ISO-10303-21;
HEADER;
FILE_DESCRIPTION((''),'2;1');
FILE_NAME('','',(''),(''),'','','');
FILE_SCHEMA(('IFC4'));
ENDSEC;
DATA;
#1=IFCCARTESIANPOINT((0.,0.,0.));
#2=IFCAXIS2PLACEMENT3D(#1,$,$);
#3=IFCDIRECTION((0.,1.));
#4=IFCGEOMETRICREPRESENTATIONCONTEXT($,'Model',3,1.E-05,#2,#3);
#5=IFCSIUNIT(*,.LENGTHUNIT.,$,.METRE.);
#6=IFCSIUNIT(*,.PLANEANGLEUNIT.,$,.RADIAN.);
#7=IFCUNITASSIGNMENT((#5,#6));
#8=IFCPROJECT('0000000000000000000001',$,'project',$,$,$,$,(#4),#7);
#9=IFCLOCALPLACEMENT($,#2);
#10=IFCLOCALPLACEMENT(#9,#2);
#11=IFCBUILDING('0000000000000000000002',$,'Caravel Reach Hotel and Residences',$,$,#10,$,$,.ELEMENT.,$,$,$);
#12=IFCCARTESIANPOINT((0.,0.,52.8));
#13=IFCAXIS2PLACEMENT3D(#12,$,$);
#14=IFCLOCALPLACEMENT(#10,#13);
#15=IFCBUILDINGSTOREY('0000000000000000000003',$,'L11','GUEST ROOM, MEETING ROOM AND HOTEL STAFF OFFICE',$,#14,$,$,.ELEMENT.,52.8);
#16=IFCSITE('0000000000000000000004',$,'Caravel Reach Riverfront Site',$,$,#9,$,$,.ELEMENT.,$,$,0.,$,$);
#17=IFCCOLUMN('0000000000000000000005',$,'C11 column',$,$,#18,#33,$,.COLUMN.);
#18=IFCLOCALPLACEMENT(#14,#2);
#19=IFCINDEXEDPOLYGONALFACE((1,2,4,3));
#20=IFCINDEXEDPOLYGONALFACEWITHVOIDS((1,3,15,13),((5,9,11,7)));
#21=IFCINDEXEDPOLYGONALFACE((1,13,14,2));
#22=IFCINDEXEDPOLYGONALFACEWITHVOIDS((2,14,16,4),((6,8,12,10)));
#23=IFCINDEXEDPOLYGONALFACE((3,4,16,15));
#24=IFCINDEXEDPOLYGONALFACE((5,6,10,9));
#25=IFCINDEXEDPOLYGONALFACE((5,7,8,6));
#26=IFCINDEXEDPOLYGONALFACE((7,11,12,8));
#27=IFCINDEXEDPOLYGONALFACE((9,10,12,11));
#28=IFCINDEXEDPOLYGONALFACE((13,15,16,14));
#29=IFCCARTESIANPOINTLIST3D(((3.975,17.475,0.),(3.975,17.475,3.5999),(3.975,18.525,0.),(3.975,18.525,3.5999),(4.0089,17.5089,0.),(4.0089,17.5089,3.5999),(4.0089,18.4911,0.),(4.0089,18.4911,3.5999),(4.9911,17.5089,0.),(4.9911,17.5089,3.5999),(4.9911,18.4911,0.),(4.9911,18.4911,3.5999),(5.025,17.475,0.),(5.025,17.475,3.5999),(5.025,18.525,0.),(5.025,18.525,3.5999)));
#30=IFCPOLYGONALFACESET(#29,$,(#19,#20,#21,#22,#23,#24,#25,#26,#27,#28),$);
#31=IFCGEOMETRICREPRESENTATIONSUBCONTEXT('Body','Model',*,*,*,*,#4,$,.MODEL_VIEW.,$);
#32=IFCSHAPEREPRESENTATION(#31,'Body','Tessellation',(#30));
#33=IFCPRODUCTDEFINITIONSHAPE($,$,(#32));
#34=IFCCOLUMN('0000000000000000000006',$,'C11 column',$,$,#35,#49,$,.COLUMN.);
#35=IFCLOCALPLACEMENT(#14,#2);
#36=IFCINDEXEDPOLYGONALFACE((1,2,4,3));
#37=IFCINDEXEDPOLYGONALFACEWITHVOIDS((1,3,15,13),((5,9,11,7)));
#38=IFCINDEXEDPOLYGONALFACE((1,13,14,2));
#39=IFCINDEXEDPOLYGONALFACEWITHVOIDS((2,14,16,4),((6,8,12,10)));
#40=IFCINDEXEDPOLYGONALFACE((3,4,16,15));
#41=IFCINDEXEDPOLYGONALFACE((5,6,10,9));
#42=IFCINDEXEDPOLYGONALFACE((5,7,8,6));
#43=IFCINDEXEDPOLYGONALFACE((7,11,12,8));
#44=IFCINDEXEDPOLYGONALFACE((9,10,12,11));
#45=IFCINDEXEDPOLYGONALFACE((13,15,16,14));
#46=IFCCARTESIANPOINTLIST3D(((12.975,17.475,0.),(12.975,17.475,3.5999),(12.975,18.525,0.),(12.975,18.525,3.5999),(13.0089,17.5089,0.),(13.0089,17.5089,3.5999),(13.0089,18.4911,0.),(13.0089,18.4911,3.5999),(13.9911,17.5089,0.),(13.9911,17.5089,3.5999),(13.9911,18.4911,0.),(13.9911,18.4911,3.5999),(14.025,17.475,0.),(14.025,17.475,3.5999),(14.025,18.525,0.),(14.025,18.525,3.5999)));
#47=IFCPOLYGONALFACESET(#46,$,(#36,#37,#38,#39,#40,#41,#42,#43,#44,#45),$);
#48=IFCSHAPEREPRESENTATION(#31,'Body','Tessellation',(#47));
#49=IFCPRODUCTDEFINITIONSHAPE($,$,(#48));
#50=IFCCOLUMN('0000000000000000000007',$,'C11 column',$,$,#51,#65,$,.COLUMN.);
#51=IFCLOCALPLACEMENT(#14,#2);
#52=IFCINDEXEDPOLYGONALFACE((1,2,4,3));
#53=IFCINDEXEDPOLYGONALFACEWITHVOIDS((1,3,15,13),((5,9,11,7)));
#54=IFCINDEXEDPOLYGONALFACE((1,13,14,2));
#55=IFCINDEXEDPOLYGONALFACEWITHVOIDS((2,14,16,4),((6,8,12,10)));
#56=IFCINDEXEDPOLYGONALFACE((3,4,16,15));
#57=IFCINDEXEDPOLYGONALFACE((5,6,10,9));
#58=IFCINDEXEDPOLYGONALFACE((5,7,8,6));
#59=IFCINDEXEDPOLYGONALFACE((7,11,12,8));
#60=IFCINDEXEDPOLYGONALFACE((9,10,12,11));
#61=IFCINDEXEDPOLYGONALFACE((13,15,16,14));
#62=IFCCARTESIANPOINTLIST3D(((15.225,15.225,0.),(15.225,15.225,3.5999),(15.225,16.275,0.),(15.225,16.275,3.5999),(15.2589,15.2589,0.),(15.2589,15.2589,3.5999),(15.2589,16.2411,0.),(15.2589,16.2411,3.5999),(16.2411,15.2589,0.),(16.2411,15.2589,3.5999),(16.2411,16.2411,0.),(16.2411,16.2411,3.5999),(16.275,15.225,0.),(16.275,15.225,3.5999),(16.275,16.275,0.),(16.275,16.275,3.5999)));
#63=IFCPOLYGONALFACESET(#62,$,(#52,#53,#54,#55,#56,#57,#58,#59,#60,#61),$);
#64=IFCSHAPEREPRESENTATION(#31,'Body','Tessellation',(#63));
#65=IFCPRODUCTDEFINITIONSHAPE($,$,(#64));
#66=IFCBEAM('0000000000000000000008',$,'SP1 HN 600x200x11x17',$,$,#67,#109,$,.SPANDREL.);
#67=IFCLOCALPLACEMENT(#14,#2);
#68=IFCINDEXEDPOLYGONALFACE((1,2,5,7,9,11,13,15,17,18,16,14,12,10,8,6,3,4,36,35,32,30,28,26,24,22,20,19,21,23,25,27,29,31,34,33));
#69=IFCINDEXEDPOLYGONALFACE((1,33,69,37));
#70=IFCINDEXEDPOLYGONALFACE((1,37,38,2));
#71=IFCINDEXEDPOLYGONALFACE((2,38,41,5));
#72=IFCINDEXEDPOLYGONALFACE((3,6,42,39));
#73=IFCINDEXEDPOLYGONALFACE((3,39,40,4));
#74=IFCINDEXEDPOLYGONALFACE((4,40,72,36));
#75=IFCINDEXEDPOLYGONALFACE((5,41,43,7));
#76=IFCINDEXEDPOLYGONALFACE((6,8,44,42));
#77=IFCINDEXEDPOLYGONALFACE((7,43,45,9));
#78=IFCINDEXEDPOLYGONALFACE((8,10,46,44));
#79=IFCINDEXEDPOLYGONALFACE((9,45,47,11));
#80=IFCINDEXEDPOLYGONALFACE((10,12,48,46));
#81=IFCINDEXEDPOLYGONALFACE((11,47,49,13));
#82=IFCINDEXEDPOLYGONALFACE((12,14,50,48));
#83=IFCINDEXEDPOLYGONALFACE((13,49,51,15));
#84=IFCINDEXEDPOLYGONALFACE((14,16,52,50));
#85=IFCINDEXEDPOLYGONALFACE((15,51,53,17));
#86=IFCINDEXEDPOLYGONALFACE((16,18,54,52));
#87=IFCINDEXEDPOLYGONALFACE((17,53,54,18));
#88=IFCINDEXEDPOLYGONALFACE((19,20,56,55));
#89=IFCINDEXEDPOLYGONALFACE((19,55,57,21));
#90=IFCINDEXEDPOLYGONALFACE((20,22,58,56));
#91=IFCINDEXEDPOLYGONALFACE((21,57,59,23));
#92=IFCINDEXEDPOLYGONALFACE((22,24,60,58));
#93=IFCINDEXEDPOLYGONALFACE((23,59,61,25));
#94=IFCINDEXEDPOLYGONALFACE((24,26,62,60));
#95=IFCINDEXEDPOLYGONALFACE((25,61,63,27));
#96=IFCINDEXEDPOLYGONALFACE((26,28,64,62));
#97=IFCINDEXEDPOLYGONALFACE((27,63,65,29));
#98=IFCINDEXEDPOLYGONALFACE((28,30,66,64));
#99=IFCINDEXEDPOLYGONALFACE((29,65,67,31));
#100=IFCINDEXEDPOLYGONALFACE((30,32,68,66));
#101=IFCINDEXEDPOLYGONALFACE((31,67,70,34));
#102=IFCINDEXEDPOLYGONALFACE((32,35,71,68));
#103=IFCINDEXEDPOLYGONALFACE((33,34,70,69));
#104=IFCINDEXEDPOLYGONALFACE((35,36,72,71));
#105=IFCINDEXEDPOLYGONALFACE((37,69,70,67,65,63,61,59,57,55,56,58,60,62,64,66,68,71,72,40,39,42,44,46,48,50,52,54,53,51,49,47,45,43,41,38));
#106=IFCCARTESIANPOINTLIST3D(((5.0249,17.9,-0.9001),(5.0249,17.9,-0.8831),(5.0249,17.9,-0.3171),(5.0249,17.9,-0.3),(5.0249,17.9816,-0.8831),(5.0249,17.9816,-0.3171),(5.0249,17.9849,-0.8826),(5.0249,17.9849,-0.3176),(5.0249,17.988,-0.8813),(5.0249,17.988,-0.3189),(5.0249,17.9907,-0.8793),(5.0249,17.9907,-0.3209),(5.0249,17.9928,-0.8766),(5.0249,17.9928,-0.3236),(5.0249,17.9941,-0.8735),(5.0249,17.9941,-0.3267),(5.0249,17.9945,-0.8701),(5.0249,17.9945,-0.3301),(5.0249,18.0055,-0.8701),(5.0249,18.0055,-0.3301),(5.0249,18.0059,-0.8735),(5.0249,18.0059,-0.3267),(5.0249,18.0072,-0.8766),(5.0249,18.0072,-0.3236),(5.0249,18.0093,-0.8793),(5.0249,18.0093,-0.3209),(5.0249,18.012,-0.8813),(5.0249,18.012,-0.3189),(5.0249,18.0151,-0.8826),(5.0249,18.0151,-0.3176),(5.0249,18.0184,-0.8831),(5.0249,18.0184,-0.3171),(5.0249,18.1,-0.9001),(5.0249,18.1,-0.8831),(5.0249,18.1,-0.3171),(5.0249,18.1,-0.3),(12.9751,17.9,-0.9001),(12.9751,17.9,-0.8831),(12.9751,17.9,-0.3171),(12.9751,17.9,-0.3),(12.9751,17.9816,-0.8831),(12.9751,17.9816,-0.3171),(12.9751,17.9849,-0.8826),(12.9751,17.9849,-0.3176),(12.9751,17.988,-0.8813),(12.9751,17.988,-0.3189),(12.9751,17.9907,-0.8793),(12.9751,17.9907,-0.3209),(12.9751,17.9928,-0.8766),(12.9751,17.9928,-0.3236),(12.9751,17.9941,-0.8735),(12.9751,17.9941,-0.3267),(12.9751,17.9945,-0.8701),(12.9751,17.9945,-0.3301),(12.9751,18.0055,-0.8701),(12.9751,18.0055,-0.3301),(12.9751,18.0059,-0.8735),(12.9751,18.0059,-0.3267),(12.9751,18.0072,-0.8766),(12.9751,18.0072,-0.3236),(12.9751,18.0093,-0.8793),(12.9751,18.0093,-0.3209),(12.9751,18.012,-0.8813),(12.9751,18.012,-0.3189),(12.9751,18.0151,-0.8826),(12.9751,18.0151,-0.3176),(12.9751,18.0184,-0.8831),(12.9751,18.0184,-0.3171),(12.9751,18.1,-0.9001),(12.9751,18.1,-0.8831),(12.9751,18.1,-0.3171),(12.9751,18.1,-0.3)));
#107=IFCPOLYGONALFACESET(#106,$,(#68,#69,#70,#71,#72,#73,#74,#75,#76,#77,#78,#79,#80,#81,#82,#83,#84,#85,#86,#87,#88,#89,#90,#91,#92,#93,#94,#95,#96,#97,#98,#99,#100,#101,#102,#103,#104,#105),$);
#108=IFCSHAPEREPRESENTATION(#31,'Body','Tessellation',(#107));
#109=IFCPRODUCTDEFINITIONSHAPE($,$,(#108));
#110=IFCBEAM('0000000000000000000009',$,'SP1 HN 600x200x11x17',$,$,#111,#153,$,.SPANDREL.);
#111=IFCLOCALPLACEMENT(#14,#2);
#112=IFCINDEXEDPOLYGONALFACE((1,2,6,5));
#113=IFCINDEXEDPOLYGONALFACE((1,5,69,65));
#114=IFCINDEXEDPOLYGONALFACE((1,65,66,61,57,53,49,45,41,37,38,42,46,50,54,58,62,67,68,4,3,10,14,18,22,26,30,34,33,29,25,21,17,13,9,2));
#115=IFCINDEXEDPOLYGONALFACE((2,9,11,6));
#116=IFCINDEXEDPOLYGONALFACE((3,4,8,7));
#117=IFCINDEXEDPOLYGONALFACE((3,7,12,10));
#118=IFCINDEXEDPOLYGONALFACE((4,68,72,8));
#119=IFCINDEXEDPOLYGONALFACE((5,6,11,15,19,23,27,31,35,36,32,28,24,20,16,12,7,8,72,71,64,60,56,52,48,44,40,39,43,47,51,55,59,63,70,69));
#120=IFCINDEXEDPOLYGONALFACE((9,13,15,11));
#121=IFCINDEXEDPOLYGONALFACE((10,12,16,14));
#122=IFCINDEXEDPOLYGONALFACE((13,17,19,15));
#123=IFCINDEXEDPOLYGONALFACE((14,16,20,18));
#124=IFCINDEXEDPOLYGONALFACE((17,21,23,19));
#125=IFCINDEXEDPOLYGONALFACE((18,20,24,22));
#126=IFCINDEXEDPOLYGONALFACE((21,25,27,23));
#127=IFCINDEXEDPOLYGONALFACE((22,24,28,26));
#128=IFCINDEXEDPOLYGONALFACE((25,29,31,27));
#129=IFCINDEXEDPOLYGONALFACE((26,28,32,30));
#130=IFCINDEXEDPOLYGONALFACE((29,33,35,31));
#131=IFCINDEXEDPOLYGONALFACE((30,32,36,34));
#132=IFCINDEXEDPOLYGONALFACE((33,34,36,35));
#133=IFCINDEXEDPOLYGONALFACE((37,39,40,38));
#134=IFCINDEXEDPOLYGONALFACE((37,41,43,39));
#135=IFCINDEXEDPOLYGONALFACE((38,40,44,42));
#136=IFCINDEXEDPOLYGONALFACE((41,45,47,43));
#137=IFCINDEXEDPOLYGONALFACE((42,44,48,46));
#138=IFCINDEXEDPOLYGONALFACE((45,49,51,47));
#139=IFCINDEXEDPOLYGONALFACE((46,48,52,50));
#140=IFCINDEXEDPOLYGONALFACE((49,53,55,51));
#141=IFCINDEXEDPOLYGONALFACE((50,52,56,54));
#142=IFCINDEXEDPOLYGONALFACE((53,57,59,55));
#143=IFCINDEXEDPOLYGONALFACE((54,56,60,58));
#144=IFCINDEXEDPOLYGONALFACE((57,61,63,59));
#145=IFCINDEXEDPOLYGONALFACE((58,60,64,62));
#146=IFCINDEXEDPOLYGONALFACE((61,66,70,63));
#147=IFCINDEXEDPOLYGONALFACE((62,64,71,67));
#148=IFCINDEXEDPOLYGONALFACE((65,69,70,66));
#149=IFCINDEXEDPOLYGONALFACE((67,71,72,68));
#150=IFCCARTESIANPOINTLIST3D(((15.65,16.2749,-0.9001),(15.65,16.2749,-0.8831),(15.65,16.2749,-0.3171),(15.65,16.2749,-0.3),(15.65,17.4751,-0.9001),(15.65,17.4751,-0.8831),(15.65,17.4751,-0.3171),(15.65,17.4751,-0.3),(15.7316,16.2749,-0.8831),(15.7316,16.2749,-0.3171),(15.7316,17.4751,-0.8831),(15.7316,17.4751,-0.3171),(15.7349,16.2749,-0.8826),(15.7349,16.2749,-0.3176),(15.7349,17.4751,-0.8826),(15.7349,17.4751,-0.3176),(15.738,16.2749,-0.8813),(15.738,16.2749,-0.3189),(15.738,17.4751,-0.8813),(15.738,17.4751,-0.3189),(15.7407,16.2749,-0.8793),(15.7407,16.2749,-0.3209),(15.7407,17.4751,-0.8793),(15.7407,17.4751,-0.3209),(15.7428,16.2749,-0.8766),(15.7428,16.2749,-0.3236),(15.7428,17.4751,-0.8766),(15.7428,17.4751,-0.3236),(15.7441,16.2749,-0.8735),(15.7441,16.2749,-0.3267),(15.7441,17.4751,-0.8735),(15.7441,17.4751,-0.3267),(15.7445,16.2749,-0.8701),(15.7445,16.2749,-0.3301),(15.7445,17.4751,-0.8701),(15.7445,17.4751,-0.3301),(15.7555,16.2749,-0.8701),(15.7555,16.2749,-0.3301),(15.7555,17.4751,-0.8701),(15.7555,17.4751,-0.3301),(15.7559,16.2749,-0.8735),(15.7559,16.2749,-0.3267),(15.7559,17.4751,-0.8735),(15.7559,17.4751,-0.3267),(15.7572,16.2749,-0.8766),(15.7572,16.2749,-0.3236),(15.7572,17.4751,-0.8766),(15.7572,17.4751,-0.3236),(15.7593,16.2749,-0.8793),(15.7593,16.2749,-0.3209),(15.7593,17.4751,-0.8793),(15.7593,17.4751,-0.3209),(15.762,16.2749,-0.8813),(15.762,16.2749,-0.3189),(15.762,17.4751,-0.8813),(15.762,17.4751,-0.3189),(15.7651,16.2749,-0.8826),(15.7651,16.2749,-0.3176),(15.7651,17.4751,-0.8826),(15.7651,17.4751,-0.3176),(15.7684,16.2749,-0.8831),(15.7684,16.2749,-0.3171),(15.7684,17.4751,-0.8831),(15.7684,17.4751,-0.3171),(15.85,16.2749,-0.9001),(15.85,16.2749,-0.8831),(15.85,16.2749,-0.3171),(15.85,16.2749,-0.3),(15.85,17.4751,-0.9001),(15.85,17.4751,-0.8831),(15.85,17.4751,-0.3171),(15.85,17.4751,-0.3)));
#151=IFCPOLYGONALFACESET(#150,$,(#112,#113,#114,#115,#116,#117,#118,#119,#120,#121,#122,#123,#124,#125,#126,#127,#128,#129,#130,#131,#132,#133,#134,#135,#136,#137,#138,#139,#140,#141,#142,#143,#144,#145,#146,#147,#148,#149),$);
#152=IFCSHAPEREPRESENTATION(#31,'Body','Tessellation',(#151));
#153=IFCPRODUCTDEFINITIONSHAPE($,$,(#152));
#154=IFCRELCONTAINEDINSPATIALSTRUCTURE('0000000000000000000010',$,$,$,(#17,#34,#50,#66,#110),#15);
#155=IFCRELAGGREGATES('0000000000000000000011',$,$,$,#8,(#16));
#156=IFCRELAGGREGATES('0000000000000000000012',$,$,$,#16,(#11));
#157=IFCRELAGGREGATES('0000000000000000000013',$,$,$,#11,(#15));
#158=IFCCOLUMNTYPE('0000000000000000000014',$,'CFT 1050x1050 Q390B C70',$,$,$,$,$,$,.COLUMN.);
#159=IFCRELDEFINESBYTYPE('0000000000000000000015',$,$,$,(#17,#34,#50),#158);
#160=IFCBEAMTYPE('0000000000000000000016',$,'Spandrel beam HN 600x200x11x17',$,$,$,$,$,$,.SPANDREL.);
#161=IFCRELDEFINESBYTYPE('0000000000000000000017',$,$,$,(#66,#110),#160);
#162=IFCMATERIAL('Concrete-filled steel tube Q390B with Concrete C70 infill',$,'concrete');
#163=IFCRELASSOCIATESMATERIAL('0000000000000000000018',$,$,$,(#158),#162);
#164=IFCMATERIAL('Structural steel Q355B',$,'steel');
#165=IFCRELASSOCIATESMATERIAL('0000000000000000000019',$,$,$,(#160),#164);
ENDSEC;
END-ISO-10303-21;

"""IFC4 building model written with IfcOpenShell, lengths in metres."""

from ifc_helpers import new_model, si_unit, direction, frame, origin, origin_2d, place, context, subcontext, project, spatial, hollow_rectangle, i_section, extrude, material, material_profile, profile_set, type_object, element, save


model = new_model("IFC4")

# Units and contexts
model_context = context("Model", 3, precision=1e-05, world=origin(), true_north=direction((0.0, 1.0)))
body_context = subcontext(model_context, "Body", "Model", "MODEL_VIEW")
ifc_project = project(units=[si_unit("LENGTHUNIT", "METRE"), si_unit("PLANEANGLEUNIT", "RADIAN")], contexts=[model_context])

# Site, building, storey
site_placement = place(None, origin())
site = spatial("IfcSite", under=ifc_project, at=site_placement, Name="Caravel Reach Riverfront Site", CompositionType="ELEMENT", RefElevation=0.0)
building_placement = place(site_placement, origin())
building = spatial("IfcBuilding", under=site, at=building_placement, Name="Caravel Reach Hotel and Residences", CompositionType="ELEMENT")
storey_placement = place(building_placement, frame((0.0, 0.0, 52.8)))
storey = spatial("IfcBuildingStorey", under=building, at=storey_placement, Name="L11", Description="GUEST ROOM, MEETING ROOM AND HOTEL STAFF OFFICE", CompositionType="ELEMENT", Elevation=52.8)

# Columns
ifc_material_1 = material(Name="Concrete-filled steel tube Q390B with Concrete C70 infill", Category="concrete")
ifc_material_profile_1 = material_profile(ifc_material_1, hollow_rectangle(XDim=1.05, YDim=1.05, WallThickness=0.0339, at=origin_2d()), Name="RHS 1050x1050x34")
ifc_profile_set_1 = profile_set([ifc_material_profile_1], Name="Concrete-filled steel tube Q390B with Concrete C70 infill")
column_type = type_object("IfcColumnType", Name="CFT 1050x1050 Q390B C70", PredefinedType="COLUMN", material=ifc_profile_set_1)
for number, where, z_axis, x_axis, name in (
    (1, (4.5, 18.0, 0.0), (0.0, 0.0, 1.0), (1.0, 0.0, 0.0), "C11 column"),
    (2, (13.5, 18.0, 0.0), (0.0, 0.0, 1.0), (1.0, 0.0, 0.0), "C11 column"),
    (3, (15.75, 15.75, 0.0), (0.0, 0.0, 1.0), (1.0, 0.0, 0.0), "C11 column"),
):
    element("IfcColumn", number, at=place(storey_placement, frame(where, z_axis=z_axis, x_axis=x_axis)), inside=storey, type_object=column_type, Name=name, PredefinedType="COLUMN", context=body_context, shape_type="SweptSolid", body=[
        extrude(hollow_rectangle(XDim=1.05, YDim=1.05, WallThickness=0.0339, at=origin_2d()), origin(), (0.0, 0.0, 1.0), 3.5999),
    ])

# Beams
ifc_material_2 = material(Name="Structural steel Q355B", Category="steel")
ifc_material_profile_2 = material_profile(ifc_material_2, i_section(OverallWidth=0.2, OverallDepth=0.6001, WebThickness=0.011, FlangeThickness=0.0171, FilletRadius=0.0129, at=origin_2d()), Name="HN 600x200x11x17")
ifc_profile_set_2 = profile_set([ifc_material_profile_2], Name="Structural steel Q355B")
beam_type = type_object("IfcBeamType", Name="Spandrel beam HN 600x200x11x17", PredefinedType="SPANDREL", material=ifc_profile_set_2)
beam_1_placement = place(storey_placement, frame((5.0249, 18.0, -0.6001), z_axis=(1.0, 0.0, 0.0), x_axis=(0.0, 1.0, 0.0)))
element("IfcBeam", 4, at=beam_1_placement, inside=storey, type_object=beam_type, Name="SP1 HN 600x200x11x17", PredefinedType="SPANDREL", context=body_context, shape_type="SweptSolid", body=[
    extrude(i_section(OverallWidth=0.2, OverallDepth=0.6001, WebThickness=0.011, FlangeThickness=0.0171, FilletRadius=0.0129, at=origin_2d()), origin(), (0.0, 0.0, 1.0), 7.9502),
])
beam_2_placement = place(storey_placement, frame((15.75, 17.4751, -0.6001), z_axis=(0.0, -1.0, 0.0), x_axis=(1.0, 0.0, 0.0)))
element("IfcBeam", 5, at=beam_2_placement, inside=storey, type_object=beam_type, Name="SP1 HN 600x200x11x17", PredefinedType="SPANDREL", context=body_context, shape_type="SweptSolid", body=[
    extrude(i_section(OverallWidth=0.2, OverallDepth=0.6001, WebThickness=0.011, FlangeThickness=0.0171, FilletRadius=0.0129, at=origin_2d()), origin(), (0.0, 0.0, 1.0), 1.2002),
])

save(model, "model.ifc")
